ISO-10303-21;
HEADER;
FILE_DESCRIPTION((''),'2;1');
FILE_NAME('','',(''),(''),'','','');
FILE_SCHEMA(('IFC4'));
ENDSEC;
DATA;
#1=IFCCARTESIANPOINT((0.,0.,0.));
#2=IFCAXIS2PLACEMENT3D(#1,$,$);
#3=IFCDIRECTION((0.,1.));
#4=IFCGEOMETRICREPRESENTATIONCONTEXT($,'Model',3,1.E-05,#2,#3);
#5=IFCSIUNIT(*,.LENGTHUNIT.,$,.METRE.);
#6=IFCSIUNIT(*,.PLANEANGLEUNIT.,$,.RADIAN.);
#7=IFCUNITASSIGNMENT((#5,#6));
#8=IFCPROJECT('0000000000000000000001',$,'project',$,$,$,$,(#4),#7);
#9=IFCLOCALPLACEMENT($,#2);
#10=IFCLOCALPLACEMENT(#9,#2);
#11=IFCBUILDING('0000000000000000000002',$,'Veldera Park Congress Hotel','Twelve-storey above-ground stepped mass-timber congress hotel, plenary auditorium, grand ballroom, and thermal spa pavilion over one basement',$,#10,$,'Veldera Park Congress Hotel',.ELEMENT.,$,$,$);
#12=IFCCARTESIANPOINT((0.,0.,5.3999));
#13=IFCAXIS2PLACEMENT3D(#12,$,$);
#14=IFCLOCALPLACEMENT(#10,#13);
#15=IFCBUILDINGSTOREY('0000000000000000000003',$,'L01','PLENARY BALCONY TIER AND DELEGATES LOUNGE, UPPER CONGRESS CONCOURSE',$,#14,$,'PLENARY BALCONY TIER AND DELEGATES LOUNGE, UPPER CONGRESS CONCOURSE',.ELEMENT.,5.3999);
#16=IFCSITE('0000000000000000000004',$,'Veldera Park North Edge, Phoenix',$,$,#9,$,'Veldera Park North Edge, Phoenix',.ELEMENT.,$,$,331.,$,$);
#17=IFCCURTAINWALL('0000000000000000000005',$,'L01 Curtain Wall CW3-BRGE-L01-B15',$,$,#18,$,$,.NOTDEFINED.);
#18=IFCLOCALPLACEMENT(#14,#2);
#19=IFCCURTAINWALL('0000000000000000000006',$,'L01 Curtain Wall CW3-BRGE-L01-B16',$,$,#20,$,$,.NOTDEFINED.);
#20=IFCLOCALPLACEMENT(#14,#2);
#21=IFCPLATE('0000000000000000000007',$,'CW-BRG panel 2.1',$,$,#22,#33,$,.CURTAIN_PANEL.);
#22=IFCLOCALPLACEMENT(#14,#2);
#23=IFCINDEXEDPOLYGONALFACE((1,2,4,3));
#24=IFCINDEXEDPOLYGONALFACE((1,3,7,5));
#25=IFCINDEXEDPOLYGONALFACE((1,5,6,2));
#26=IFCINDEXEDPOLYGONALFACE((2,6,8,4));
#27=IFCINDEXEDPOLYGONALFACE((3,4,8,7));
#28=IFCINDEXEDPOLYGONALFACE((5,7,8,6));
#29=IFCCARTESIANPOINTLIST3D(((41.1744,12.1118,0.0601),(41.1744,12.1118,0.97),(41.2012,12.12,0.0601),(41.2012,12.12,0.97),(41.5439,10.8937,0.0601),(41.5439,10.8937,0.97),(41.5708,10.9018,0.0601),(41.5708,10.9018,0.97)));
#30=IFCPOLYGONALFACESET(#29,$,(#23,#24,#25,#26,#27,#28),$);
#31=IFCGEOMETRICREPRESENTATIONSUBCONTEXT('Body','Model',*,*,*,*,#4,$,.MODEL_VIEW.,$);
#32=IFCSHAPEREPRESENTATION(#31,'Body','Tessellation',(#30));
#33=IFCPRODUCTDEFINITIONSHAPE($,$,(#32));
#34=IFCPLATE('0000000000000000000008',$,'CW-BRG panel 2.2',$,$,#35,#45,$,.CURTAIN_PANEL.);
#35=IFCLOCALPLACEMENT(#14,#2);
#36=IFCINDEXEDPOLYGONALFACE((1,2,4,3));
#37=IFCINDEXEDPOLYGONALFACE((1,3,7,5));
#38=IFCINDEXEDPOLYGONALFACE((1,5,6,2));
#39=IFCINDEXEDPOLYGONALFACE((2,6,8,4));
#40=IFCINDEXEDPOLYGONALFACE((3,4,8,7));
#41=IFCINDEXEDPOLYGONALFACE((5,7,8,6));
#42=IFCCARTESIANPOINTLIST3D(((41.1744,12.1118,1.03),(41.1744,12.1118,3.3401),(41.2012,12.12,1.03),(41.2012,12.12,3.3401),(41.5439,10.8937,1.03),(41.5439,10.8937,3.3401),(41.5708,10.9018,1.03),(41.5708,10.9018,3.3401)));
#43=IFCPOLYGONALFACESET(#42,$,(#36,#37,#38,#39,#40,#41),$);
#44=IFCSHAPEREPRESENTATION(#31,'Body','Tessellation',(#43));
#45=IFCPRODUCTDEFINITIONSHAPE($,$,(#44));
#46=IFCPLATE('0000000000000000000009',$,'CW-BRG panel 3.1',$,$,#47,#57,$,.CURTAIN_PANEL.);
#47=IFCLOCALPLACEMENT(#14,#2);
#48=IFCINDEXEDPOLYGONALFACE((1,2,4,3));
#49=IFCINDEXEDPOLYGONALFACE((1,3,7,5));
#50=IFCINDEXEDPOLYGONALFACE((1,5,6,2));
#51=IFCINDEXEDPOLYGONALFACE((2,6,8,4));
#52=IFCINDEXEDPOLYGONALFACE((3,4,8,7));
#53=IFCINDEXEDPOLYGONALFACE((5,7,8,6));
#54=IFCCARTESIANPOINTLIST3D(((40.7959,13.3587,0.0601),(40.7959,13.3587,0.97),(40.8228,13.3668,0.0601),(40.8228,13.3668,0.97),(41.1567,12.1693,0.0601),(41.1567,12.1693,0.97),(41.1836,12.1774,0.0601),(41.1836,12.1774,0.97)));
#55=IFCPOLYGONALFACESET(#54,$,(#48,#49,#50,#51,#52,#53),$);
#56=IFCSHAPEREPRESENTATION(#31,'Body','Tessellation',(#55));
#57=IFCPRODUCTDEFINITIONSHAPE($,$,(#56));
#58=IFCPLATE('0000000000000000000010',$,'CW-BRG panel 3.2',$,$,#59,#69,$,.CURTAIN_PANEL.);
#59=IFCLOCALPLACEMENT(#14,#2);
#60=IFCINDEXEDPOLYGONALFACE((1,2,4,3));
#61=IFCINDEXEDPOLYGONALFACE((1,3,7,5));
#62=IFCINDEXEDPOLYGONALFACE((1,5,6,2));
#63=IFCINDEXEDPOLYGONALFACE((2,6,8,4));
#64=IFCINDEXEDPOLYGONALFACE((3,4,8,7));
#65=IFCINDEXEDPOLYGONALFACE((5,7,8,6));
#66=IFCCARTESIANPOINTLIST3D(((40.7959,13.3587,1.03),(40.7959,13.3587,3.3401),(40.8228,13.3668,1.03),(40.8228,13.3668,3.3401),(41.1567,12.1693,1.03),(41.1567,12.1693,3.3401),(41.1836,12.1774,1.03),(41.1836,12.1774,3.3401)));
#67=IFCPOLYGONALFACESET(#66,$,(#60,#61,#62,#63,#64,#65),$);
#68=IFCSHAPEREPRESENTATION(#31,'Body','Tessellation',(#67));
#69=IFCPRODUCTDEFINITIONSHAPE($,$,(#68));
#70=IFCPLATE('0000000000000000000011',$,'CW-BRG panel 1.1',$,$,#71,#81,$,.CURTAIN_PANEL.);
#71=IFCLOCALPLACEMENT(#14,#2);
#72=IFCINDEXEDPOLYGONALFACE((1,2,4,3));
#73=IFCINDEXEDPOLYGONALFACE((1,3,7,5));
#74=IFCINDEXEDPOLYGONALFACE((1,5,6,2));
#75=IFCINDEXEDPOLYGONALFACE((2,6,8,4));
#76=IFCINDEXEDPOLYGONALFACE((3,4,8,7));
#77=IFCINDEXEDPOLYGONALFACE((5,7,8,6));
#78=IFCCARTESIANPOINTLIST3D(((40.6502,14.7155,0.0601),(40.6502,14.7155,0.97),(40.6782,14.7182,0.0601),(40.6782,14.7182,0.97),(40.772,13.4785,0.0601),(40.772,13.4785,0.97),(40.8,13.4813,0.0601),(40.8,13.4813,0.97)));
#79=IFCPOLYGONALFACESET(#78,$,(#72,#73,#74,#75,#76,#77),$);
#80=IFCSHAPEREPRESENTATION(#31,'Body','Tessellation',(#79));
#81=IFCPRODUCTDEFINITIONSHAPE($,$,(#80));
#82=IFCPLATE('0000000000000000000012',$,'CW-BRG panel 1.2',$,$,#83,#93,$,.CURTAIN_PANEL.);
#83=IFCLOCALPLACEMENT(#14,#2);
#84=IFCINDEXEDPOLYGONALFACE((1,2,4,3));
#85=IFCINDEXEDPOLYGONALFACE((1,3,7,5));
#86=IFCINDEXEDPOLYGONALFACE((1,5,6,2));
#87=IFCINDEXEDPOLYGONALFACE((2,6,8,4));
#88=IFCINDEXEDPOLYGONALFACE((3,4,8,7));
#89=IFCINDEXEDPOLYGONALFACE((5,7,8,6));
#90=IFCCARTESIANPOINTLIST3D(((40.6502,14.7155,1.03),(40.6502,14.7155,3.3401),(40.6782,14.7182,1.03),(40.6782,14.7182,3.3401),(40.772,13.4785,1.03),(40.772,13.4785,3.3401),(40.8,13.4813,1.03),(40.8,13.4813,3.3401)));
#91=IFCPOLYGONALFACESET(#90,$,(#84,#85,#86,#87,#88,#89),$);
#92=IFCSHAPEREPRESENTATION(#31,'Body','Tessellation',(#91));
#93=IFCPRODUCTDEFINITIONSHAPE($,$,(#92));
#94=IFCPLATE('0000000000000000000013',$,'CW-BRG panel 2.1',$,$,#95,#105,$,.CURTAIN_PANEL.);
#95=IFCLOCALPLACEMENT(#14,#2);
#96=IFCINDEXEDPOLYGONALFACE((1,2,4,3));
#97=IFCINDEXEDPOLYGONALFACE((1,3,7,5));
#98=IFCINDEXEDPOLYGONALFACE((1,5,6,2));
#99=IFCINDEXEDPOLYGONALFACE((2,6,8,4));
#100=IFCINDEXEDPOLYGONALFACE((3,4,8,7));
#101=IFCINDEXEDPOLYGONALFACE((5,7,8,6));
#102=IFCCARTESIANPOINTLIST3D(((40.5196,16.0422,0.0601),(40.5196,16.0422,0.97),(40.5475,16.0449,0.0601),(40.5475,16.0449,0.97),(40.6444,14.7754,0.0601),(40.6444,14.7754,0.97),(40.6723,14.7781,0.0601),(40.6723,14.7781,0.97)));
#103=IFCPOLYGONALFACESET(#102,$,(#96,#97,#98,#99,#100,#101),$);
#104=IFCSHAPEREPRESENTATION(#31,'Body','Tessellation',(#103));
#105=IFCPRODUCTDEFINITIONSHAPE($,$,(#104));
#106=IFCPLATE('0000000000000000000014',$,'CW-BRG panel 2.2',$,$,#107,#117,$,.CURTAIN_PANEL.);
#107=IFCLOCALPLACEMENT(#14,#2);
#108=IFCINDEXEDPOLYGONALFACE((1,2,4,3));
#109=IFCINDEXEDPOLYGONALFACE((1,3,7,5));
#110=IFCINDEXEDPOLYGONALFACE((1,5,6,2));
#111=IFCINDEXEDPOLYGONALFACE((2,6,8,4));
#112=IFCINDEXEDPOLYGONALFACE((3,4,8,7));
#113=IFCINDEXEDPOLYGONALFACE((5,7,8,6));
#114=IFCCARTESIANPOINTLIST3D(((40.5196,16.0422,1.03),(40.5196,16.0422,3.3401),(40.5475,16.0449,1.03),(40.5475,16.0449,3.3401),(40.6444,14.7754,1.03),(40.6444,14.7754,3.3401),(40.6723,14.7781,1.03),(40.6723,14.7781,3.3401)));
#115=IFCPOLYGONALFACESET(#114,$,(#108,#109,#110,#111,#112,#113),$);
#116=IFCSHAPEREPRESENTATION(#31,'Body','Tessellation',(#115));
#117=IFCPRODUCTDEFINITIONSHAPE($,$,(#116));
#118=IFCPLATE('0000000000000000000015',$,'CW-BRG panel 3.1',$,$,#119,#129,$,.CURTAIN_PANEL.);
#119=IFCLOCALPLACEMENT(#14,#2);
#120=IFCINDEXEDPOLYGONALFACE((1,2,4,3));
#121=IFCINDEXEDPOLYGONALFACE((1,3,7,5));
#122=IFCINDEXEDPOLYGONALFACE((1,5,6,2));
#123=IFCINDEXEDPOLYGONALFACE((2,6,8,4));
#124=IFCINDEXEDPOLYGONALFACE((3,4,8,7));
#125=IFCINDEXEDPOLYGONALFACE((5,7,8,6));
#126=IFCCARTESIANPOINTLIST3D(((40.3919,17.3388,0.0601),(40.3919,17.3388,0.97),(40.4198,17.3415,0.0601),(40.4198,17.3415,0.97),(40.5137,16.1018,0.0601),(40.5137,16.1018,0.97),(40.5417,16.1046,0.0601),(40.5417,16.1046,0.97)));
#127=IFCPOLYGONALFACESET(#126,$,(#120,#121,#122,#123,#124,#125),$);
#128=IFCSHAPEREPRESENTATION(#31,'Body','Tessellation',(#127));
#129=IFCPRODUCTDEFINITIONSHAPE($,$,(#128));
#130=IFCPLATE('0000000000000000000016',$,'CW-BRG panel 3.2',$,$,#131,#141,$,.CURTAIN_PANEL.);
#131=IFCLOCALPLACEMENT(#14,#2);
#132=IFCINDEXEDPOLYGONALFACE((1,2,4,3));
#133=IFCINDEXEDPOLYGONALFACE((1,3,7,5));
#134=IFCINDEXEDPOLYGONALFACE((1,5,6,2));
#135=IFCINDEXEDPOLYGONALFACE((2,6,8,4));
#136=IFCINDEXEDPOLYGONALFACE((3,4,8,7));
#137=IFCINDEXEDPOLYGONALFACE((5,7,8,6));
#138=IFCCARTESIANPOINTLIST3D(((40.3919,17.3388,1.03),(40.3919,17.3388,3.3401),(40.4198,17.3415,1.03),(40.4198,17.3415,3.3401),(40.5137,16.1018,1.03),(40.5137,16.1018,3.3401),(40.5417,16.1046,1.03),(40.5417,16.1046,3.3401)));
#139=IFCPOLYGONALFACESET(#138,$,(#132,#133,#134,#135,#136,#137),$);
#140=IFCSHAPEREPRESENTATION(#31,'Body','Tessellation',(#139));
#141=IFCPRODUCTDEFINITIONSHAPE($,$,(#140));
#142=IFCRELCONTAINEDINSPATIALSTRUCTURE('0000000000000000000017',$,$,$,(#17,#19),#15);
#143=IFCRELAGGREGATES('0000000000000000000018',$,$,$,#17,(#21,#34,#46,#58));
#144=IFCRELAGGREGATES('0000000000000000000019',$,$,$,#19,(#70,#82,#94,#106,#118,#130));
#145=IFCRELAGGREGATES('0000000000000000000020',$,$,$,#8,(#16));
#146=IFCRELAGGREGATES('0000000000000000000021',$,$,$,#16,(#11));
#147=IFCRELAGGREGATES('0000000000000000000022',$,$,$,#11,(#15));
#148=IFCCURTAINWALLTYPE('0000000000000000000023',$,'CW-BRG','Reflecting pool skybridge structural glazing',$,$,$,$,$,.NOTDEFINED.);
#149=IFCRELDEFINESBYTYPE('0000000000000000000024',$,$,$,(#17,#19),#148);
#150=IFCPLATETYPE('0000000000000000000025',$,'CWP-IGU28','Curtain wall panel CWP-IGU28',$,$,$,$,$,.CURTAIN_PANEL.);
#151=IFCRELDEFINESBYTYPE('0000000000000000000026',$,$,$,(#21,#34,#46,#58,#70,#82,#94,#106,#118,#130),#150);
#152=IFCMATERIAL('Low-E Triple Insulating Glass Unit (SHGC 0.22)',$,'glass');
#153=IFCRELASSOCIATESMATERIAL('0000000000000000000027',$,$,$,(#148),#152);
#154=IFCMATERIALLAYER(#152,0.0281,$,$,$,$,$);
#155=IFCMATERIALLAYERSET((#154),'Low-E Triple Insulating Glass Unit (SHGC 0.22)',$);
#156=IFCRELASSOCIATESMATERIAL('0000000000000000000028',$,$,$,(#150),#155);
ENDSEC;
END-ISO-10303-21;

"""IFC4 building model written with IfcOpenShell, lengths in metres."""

from ifc_helpers import new_model, si_unit, direction, frame, origin, origin_2d, place, context, subcontext, project, spatial, rectangle, extrude, material, layer, layer_set, type_object, element, aggregate, save


model = new_model("IFC4")

# Units and contexts
model_context = context("Model", 3, precision=1e-05, world=origin(), true_north=direction((0.0, 1.0)))
body_context = subcontext(model_context, "Body", "Model", "MODEL_VIEW")
ifc_project = project(units=[si_unit("LENGTHUNIT", "METRE"), si_unit("PLANEANGLEUNIT", "RADIAN")], contexts=[model_context])

# Site, building, storey
site_placement = place(None, origin())
site = spatial("IfcSite", under=ifc_project, at=site_placement, Name="Veldera Park North Edge, Phoenix", LongName="Veldera Park North Edge, Phoenix", CompositionType="ELEMENT", RefElevation=331.0)
building_placement = place(site_placement, origin())
building = spatial("IfcBuilding", under=site, at=building_placement, Name="Veldera Park Congress Hotel", Description="Twelve-storey above-ground stepped mass-timber congress hotel, plenary auditorium, grand ballroom, and thermal spa pavilion over one basement", LongName="Veldera Park Congress Hotel", CompositionType="ELEMENT")
storey_placement = place(building_placement, frame((0.0, 0.0, 5.3999)))
storey = spatial("IfcBuildingStorey", under=building, at=storey_placement, Name="L01", Description="PLENARY BALCONY TIER AND DELEGATES LOUNGE, UPPER CONGRESS CONCOURSE", LongName="PLENARY BALCONY TIER AND DELEGATES LOUNGE, UPPER CONGRESS CONCOURSE", CompositionType="ELEMENT", Elevation=5.3999)

# Shared definitions
ifc_material_1 = material(Name="Low-E Triple Insulating Glass Unit (SHGC 0.22)", Category="glass")
curtain_wall_type = type_object("IfcCurtainWallType", Name="CW-BRG", Description="Reflecting pool skybridge structural glazing", PredefinedType="NOTDEFINED", material=ifc_material_1)

# Curtain walls
curtain_wall_1_placement = place(storey_placement, origin())
curtain_wall_1 = element("IfcCurtainWall", 1, at=curtain_wall_1_placement, inside=storey, type_object=curtain_wall_type, Name="L01 Curtain Wall CW3-BRGE-L01-B15", PredefinedType="NOTDEFINED")
curtain_wall_2_placement = place(storey_placement, origin())
curtain_wall_2 = element("IfcCurtainWall", 2, at=curtain_wall_2_placement, inside=storey, type_object=curtain_wall_type, Name="L01 Curtain Wall CW3-BRGE-L01-B16", PredefinedType="NOTDEFINED")

# Plates
ifc_layer = layer(ifc_material_1, 0.0281)
ifc_layer_set = layer_set([ifc_layer], Name="Low-E Triple Insulating Glass Unit (SHGC 0.22)")
plate_type = type_object("IfcPlateType", Name="CWP-IGU28", Description="Curtain wall panel CWP-IGU28", PredefinedType="CURTAIN_PANEL", material=ifc_layer_set)
plate_1_placement = place(storey_placement, frame((41.3726, 11.5068, 0.0601), z_axis=(0.0, 0.0, 1.0), x_axis=(-0.29029, 0.956939, 0.0)))
plate_1 = element("IfcPlate", 3, at=plate_1_placement, type_object=plate_type, Name="CW-BRG panel 2.1", PredefinedType="CURTAIN_PANEL", context=body_context, shape_type="SweptSolid", body=[
    extrude(rectangle(XDim=1.2729, YDim=0.0281, at=origin_2d()), origin(), (0.0, 0.0, 1.0), 0.9099),
])
plate_2_placement = place(storey_placement, frame((41.3726, 11.5068, 1.03), z_axis=(0.0, 0.0, 1.0), x_axis=(-0.29029, 0.956939, 0.0)))
plate_2 = element("IfcPlate", 4, at=plate_2_placement, type_object=plate_type, Name="CW-BRG panel 2.2", PredefinedType="CURTAIN_PANEL", context=body_context, shape_type="SweptSolid", body=[
    extrude(rectangle(XDim=1.2729, YDim=0.0281, at=origin_2d()), origin(), (0.0, 0.0, 1.0), 2.3101),
])
plate_3_placement = place(storey_placement, frame((40.9897, 12.7681, 0.0601), z_axis=(0.0, 0.0, 1.0), x_axis=(-0.29029, 0.956939, 0.0)))
plate_3 = element("IfcPlate", 5, at=plate_3_placement, type_object=plate_type, Name="CW-BRG panel 3.1", PredefinedType="CURTAIN_PANEL", context=body_context, shape_type="SweptSolid", body=[
    extrude(rectangle(XDim=1.2429, YDim=0.0281, at=origin_2d()), origin(), (0.0, 0.0, 1.0), 0.9099),
])
plate_4_placement = place(storey_placement, frame((40.9897, 12.7681, 1.03), z_axis=(0.0, 0.0, 1.0), x_axis=(-0.29029, 0.956939, 0.0)))
plate_4 = element("IfcPlate", 6, at=plate_4_placement, type_object=plate_type, Name="CW-BRG panel 3.2", PredefinedType="CURTAIN_PANEL", context=body_context, shape_type="SweptSolid", body=[
    extrude(rectangle(XDim=1.2429, YDim=0.0281, at=origin_2d()), origin(), (0.0, 0.0, 1.0), 2.3101),
])
aggregate(curtain_wall_1, [plate_1, plate_2, plate_3, plate_4])
plate_5_placement = place(storey_placement, frame((40.7251, 14.0984, 0.0601), z_axis=(0.0, 0.0, 1.0), x_axis=(-0.098023, 0.995184, 0.0)))
plate_5 = element("IfcPlate", 7, at=plate_5_placement, type_object=plate_type, Name="CW-BRG panel 1.1", PredefinedType="CURTAIN_PANEL", context=body_context, shape_type="SweptSolid", body=[
    extrude(rectangle(XDim=1.2429, YDim=0.0281, at=origin_2d()), origin(), (0.0, 0.0, 1.0), 0.9099),
])
plate_6_placement = place(storey_placement, frame((40.7251, 14.0984, 1.03), z_axis=(0.0, 0.0, 1.0), x_axis=(-0.098023, 0.995184, 0.0)))
plate_6 = element("IfcPlate", 8, at=plate_6_placement, type_object=plate_type, Name="CW-BRG panel 1.2", PredefinedType="CURTAIN_PANEL", context=body_context, shape_type="SweptSolid", body=[
    extrude(rectangle(XDim=1.2429, YDim=0.0281, at=origin_2d()), origin(), (0.0, 0.0, 1.0), 2.3101),
])
plate_7_placement = place(storey_placement, frame((40.5959, 15.4102, 0.0601), z_axis=(0.0, 0.0, 1.0), x_axis=(-0.098023, 0.995184, 0.0)))
plate_7 = element("IfcPlate", 9, at=plate_7_placement, type_object=plate_type, Name="CW-BRG panel 2.1", PredefinedType="CURTAIN_PANEL", context=body_context, shape_type="SweptSolid", body=[
    extrude(rectangle(XDim=1.2729, YDim=0.0281, at=origin_2d()), origin(), (0.0, 0.0, 1.0), 0.9099),
])
plate_8_placement = place(storey_placement, frame((40.5959, 15.4102, 1.03), z_axis=(0.0, 0.0, 1.0), x_axis=(-0.098023, 0.995184, 0.0)))
plate_8 = element("IfcPlate", 10, at=plate_8_placement, type_object=plate_type, Name="CW-BRG panel 2.2", PredefinedType="CURTAIN_PANEL", context=body_context, shape_type="SweptSolid", body=[
    extrude(rectangle(XDim=1.2729, YDim=0.0281, at=origin_2d()), origin(), (0.0, 0.0, 1.0), 2.3101),
])
plate_9_placement = place(storey_placement, frame((40.4668, 16.7217, 0.0601), z_axis=(0.0, 0.0, 1.0), x_axis=(-0.098023, 0.995184, 0.0)))
plate_9 = element("IfcPlate", 11, at=plate_9_placement, type_object=plate_type, Name="CW-BRG panel 3.1", PredefinedType="CURTAIN_PANEL", context=body_context, shape_type="SweptSolid", body=[
    extrude(rectangle(XDim=1.2429, YDim=0.0281, at=origin_2d()), origin(), (0.0, 0.0, 1.0), 0.9099),
])
plate_10_placement = place(storey_placement, frame((40.4668, 16.7217, 1.03), z_axis=(0.0, 0.0, 1.0), x_axis=(-0.098023, 0.995184, 0.0)))
plate_10 = element("IfcPlate", 12, at=plate_10_placement, type_object=plate_type, Name="CW-BRG panel 3.2", PredefinedType="CURTAIN_PANEL", context=body_context, shape_type="SweptSolid", body=[
    extrude(rectangle(XDim=1.2429, YDim=0.0281, at=origin_2d()), origin(), (0.0, 0.0, 1.0), 2.3101),
])
aggregate(curtain_wall_2, [plate_5, plate_6, plate_7, plate_8, plate_9, plate_10])

save(model, "model.ifc")
